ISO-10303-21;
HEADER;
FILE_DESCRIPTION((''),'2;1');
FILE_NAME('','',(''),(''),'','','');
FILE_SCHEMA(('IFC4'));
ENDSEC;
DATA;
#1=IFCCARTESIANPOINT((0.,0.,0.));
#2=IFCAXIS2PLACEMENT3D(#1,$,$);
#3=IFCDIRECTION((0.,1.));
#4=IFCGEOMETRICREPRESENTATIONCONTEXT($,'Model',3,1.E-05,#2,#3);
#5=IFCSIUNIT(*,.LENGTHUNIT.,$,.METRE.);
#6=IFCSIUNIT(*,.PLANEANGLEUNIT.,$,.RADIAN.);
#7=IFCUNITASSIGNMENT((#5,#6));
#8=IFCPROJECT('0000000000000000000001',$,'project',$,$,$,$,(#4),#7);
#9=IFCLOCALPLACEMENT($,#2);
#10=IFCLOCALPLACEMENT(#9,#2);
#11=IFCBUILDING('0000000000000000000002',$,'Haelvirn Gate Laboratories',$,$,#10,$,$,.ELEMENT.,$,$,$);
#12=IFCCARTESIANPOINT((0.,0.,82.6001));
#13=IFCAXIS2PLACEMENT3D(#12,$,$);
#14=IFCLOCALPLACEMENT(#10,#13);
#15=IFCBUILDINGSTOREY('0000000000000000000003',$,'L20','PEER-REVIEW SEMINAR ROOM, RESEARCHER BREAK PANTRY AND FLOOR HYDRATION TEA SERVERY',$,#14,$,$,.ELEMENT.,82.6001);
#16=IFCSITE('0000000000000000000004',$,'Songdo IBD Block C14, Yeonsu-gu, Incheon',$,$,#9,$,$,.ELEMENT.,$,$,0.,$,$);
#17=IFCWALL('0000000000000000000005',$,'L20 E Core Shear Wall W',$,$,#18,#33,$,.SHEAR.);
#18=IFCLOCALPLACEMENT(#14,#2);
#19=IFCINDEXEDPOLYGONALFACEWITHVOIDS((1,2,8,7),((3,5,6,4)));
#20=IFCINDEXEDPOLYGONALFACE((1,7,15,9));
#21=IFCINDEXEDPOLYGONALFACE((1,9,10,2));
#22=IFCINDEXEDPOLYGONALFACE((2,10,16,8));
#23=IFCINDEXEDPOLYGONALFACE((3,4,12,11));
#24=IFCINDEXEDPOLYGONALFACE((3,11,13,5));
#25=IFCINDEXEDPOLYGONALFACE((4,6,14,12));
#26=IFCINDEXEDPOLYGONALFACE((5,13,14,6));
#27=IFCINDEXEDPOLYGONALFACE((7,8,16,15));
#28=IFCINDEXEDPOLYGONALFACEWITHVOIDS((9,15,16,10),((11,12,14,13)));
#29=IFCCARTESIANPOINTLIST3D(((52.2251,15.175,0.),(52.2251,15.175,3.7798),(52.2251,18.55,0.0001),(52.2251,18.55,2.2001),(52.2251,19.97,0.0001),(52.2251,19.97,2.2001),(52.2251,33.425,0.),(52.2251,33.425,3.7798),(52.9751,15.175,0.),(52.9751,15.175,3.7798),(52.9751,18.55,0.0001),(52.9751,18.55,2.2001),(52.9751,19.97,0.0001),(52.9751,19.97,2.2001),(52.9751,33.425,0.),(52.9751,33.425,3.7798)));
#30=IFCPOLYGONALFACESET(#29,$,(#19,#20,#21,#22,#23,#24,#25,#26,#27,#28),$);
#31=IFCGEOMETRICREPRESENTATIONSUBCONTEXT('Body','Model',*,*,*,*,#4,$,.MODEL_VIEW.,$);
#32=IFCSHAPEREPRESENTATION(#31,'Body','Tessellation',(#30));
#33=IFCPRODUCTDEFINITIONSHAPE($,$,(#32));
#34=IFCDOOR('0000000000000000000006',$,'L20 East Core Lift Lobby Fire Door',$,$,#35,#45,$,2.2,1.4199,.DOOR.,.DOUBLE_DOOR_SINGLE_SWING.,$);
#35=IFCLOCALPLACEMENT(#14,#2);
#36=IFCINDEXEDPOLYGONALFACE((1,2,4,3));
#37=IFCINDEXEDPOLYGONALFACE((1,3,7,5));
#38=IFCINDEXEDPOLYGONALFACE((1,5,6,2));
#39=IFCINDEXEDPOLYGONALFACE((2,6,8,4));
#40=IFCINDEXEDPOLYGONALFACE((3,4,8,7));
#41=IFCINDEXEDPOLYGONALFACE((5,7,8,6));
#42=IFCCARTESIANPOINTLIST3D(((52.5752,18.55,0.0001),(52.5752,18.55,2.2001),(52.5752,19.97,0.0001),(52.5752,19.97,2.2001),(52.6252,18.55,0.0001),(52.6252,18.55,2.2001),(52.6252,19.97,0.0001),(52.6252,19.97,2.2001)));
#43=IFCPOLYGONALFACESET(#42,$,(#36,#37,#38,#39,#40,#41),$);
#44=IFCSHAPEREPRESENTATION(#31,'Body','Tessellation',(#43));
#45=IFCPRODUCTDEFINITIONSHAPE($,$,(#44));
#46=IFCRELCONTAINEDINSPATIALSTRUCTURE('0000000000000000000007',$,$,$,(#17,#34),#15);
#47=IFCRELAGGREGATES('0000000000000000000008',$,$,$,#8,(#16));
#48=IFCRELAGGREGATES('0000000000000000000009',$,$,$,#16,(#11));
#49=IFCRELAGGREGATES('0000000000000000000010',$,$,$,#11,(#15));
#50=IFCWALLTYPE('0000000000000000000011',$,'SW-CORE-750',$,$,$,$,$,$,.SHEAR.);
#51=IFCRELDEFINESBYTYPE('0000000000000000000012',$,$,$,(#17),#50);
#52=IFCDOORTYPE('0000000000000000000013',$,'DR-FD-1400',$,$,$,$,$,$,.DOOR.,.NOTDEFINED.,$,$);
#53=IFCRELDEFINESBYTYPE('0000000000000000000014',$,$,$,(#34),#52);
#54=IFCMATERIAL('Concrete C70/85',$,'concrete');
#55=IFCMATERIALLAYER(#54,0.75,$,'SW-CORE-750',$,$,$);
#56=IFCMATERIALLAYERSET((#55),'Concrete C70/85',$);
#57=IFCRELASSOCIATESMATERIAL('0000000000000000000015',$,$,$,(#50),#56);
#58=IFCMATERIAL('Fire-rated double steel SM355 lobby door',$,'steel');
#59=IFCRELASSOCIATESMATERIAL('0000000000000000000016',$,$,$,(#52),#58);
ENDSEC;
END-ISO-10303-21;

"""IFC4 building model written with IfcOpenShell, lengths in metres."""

from ifc_helpers import new_model, si_unit, direction, frame, frame_2d, origin, place, context, subcontext, project, spatial, rectangle, extrude, source, transform, mapped, material, layer, layer_set, type_object, type_shapes, element, fill, save


model = new_model("IFC4")

# Units and contexts
model_context = context("Model", 3, precision=1e-05, world=origin(), true_north=direction((0.0, 1.0)))
body_context = subcontext(model_context, "Body", "Model", "MODEL_VIEW")
ifc_project = project(units=[si_unit("LENGTHUNIT", "METRE"), si_unit("PLANEANGLEUNIT", "RADIAN")], contexts=[model_context])

# Site, building, storey
site_placement = place(None, origin())
site = spatial("IfcSite", under=ifc_project, at=site_placement, Name="Songdo IBD Block C14, Yeonsu-gu, Incheon", CompositionType="ELEMENT", RefElevation=0.0)
building_placement = place(site_placement, origin())
building = spatial("IfcBuilding", under=site, at=building_placement, Name="Haelvirn Gate Laboratories", CompositionType="ELEMENT")
storey_placement = place(building_placement, frame((0.0, 0.0, 82.6001)))
storey = spatial("IfcBuildingStorey", under=building, at=storey_placement, Name="L20", Description="PEER-REVIEW SEMINAR ROOM, RESEARCHER BREAK PANTRY AND FLOOR HYDRATION TEA SERVERY", CompositionType="ELEMENT", Elevation=82.6001)

# Shared definitions
ifc_material_1 = material(Name="Concrete C70/85", Category="concrete")

# Shared definitions
ifc_layer_1 = layer(ifc_material_1, 0.75, Name="SW-CORE-750")
ifc_layer_set_1 = layer_set([ifc_layer_1], Name="Concrete C70/85")
wall_type_1 = type_object("IfcWallType", Name="SW-CORE-750", PredefinedType="SHEAR", material=ifc_layer_set_1)

# Wall, opening, door
wall_1_placement = place(storey_placement, frame((52.6001, 15.175, 0.0), z_axis=(0.0, 0.0, 1.0), x_axis=(0.0, 1.0, 0.0)))
wall_1 = element("IfcWall", 1, at=wall_1_placement, inside=storey, type_object=wall_type_1, Name="L20 E Core Shear Wall W", PredefinedType="SHEAR", context=body_context, shape_type="SweptSolid", body=[
    extrude(rectangle(XDim=18.25, YDim=0.75, at=frame_2d((9.125, 0.0))), origin(), (0.0, 0.0, 1.0), 3.7798),
])
opening_1_placement = place(wall_1_placement, frame((3.375, 0.0, 0.0)))
opening_1 = element("IfcOpeningElement", 2, at=opening_1_placement, cuts=wall_1, PredefinedType="OPENING", context=body_context, shape_type="SweptSolid", body=[
    extrude(rectangle(XDim=1.4199, YDim=2.2, at=frame_2d((0.71, 1.1001))), frame((0.0, 0.385, 0.0), z_axis=(0.0, -1.0, 0.0), x_axis=(1.0, 0.0, 0.0)), (0.0, 0.0, 1.0), 0.77),
])
ifc_material_2 = material(Name="Fire-rated double steel SM355 lobby door", Category="steel")
door_type_1 = type_object("IfcDoorType", Name="DR-FD-1400", OperationType="NOTDEFINED", PredefinedType="DOOR", material=ifc_material_2)
shared_shape_1 = source(origin(), body_context, "Body", "SweptSolid", [
    extrude(rectangle(XDim=1.4199, YDim=2.2, at=frame_2d((0.71, 1.1001))), frame((0.0, 0.0249, 0.0), z_axis=(0.0, -1.0, 0.0), x_axis=(1.0, 0.0, 0.0)), (0.0, 0.0, 1.0), 0.05),
])
type_shapes(door_type_1, [shared_shape_1])
door_1_placement = place(opening_1_placement, origin())
door_1 = element("IfcDoor", 3, at=door_1_placement, inside=storey, type_object=door_type_1, Name="L20 East Core Lift Lobby Fire Door", OperationType="DOUBLE_DOOR_SINGLE_SWING", OverallHeight=2.2, OverallWidth=1.4199, PredefinedType="DOOR", context=body_context, shape_type="MappedRepresentation", body=[
    mapped(shared_shape_1, transform((0.0, 0.0, 0.0), scale=1.0)),
])
fill(opening_1, door_1)

save(model, "model.ifc")
